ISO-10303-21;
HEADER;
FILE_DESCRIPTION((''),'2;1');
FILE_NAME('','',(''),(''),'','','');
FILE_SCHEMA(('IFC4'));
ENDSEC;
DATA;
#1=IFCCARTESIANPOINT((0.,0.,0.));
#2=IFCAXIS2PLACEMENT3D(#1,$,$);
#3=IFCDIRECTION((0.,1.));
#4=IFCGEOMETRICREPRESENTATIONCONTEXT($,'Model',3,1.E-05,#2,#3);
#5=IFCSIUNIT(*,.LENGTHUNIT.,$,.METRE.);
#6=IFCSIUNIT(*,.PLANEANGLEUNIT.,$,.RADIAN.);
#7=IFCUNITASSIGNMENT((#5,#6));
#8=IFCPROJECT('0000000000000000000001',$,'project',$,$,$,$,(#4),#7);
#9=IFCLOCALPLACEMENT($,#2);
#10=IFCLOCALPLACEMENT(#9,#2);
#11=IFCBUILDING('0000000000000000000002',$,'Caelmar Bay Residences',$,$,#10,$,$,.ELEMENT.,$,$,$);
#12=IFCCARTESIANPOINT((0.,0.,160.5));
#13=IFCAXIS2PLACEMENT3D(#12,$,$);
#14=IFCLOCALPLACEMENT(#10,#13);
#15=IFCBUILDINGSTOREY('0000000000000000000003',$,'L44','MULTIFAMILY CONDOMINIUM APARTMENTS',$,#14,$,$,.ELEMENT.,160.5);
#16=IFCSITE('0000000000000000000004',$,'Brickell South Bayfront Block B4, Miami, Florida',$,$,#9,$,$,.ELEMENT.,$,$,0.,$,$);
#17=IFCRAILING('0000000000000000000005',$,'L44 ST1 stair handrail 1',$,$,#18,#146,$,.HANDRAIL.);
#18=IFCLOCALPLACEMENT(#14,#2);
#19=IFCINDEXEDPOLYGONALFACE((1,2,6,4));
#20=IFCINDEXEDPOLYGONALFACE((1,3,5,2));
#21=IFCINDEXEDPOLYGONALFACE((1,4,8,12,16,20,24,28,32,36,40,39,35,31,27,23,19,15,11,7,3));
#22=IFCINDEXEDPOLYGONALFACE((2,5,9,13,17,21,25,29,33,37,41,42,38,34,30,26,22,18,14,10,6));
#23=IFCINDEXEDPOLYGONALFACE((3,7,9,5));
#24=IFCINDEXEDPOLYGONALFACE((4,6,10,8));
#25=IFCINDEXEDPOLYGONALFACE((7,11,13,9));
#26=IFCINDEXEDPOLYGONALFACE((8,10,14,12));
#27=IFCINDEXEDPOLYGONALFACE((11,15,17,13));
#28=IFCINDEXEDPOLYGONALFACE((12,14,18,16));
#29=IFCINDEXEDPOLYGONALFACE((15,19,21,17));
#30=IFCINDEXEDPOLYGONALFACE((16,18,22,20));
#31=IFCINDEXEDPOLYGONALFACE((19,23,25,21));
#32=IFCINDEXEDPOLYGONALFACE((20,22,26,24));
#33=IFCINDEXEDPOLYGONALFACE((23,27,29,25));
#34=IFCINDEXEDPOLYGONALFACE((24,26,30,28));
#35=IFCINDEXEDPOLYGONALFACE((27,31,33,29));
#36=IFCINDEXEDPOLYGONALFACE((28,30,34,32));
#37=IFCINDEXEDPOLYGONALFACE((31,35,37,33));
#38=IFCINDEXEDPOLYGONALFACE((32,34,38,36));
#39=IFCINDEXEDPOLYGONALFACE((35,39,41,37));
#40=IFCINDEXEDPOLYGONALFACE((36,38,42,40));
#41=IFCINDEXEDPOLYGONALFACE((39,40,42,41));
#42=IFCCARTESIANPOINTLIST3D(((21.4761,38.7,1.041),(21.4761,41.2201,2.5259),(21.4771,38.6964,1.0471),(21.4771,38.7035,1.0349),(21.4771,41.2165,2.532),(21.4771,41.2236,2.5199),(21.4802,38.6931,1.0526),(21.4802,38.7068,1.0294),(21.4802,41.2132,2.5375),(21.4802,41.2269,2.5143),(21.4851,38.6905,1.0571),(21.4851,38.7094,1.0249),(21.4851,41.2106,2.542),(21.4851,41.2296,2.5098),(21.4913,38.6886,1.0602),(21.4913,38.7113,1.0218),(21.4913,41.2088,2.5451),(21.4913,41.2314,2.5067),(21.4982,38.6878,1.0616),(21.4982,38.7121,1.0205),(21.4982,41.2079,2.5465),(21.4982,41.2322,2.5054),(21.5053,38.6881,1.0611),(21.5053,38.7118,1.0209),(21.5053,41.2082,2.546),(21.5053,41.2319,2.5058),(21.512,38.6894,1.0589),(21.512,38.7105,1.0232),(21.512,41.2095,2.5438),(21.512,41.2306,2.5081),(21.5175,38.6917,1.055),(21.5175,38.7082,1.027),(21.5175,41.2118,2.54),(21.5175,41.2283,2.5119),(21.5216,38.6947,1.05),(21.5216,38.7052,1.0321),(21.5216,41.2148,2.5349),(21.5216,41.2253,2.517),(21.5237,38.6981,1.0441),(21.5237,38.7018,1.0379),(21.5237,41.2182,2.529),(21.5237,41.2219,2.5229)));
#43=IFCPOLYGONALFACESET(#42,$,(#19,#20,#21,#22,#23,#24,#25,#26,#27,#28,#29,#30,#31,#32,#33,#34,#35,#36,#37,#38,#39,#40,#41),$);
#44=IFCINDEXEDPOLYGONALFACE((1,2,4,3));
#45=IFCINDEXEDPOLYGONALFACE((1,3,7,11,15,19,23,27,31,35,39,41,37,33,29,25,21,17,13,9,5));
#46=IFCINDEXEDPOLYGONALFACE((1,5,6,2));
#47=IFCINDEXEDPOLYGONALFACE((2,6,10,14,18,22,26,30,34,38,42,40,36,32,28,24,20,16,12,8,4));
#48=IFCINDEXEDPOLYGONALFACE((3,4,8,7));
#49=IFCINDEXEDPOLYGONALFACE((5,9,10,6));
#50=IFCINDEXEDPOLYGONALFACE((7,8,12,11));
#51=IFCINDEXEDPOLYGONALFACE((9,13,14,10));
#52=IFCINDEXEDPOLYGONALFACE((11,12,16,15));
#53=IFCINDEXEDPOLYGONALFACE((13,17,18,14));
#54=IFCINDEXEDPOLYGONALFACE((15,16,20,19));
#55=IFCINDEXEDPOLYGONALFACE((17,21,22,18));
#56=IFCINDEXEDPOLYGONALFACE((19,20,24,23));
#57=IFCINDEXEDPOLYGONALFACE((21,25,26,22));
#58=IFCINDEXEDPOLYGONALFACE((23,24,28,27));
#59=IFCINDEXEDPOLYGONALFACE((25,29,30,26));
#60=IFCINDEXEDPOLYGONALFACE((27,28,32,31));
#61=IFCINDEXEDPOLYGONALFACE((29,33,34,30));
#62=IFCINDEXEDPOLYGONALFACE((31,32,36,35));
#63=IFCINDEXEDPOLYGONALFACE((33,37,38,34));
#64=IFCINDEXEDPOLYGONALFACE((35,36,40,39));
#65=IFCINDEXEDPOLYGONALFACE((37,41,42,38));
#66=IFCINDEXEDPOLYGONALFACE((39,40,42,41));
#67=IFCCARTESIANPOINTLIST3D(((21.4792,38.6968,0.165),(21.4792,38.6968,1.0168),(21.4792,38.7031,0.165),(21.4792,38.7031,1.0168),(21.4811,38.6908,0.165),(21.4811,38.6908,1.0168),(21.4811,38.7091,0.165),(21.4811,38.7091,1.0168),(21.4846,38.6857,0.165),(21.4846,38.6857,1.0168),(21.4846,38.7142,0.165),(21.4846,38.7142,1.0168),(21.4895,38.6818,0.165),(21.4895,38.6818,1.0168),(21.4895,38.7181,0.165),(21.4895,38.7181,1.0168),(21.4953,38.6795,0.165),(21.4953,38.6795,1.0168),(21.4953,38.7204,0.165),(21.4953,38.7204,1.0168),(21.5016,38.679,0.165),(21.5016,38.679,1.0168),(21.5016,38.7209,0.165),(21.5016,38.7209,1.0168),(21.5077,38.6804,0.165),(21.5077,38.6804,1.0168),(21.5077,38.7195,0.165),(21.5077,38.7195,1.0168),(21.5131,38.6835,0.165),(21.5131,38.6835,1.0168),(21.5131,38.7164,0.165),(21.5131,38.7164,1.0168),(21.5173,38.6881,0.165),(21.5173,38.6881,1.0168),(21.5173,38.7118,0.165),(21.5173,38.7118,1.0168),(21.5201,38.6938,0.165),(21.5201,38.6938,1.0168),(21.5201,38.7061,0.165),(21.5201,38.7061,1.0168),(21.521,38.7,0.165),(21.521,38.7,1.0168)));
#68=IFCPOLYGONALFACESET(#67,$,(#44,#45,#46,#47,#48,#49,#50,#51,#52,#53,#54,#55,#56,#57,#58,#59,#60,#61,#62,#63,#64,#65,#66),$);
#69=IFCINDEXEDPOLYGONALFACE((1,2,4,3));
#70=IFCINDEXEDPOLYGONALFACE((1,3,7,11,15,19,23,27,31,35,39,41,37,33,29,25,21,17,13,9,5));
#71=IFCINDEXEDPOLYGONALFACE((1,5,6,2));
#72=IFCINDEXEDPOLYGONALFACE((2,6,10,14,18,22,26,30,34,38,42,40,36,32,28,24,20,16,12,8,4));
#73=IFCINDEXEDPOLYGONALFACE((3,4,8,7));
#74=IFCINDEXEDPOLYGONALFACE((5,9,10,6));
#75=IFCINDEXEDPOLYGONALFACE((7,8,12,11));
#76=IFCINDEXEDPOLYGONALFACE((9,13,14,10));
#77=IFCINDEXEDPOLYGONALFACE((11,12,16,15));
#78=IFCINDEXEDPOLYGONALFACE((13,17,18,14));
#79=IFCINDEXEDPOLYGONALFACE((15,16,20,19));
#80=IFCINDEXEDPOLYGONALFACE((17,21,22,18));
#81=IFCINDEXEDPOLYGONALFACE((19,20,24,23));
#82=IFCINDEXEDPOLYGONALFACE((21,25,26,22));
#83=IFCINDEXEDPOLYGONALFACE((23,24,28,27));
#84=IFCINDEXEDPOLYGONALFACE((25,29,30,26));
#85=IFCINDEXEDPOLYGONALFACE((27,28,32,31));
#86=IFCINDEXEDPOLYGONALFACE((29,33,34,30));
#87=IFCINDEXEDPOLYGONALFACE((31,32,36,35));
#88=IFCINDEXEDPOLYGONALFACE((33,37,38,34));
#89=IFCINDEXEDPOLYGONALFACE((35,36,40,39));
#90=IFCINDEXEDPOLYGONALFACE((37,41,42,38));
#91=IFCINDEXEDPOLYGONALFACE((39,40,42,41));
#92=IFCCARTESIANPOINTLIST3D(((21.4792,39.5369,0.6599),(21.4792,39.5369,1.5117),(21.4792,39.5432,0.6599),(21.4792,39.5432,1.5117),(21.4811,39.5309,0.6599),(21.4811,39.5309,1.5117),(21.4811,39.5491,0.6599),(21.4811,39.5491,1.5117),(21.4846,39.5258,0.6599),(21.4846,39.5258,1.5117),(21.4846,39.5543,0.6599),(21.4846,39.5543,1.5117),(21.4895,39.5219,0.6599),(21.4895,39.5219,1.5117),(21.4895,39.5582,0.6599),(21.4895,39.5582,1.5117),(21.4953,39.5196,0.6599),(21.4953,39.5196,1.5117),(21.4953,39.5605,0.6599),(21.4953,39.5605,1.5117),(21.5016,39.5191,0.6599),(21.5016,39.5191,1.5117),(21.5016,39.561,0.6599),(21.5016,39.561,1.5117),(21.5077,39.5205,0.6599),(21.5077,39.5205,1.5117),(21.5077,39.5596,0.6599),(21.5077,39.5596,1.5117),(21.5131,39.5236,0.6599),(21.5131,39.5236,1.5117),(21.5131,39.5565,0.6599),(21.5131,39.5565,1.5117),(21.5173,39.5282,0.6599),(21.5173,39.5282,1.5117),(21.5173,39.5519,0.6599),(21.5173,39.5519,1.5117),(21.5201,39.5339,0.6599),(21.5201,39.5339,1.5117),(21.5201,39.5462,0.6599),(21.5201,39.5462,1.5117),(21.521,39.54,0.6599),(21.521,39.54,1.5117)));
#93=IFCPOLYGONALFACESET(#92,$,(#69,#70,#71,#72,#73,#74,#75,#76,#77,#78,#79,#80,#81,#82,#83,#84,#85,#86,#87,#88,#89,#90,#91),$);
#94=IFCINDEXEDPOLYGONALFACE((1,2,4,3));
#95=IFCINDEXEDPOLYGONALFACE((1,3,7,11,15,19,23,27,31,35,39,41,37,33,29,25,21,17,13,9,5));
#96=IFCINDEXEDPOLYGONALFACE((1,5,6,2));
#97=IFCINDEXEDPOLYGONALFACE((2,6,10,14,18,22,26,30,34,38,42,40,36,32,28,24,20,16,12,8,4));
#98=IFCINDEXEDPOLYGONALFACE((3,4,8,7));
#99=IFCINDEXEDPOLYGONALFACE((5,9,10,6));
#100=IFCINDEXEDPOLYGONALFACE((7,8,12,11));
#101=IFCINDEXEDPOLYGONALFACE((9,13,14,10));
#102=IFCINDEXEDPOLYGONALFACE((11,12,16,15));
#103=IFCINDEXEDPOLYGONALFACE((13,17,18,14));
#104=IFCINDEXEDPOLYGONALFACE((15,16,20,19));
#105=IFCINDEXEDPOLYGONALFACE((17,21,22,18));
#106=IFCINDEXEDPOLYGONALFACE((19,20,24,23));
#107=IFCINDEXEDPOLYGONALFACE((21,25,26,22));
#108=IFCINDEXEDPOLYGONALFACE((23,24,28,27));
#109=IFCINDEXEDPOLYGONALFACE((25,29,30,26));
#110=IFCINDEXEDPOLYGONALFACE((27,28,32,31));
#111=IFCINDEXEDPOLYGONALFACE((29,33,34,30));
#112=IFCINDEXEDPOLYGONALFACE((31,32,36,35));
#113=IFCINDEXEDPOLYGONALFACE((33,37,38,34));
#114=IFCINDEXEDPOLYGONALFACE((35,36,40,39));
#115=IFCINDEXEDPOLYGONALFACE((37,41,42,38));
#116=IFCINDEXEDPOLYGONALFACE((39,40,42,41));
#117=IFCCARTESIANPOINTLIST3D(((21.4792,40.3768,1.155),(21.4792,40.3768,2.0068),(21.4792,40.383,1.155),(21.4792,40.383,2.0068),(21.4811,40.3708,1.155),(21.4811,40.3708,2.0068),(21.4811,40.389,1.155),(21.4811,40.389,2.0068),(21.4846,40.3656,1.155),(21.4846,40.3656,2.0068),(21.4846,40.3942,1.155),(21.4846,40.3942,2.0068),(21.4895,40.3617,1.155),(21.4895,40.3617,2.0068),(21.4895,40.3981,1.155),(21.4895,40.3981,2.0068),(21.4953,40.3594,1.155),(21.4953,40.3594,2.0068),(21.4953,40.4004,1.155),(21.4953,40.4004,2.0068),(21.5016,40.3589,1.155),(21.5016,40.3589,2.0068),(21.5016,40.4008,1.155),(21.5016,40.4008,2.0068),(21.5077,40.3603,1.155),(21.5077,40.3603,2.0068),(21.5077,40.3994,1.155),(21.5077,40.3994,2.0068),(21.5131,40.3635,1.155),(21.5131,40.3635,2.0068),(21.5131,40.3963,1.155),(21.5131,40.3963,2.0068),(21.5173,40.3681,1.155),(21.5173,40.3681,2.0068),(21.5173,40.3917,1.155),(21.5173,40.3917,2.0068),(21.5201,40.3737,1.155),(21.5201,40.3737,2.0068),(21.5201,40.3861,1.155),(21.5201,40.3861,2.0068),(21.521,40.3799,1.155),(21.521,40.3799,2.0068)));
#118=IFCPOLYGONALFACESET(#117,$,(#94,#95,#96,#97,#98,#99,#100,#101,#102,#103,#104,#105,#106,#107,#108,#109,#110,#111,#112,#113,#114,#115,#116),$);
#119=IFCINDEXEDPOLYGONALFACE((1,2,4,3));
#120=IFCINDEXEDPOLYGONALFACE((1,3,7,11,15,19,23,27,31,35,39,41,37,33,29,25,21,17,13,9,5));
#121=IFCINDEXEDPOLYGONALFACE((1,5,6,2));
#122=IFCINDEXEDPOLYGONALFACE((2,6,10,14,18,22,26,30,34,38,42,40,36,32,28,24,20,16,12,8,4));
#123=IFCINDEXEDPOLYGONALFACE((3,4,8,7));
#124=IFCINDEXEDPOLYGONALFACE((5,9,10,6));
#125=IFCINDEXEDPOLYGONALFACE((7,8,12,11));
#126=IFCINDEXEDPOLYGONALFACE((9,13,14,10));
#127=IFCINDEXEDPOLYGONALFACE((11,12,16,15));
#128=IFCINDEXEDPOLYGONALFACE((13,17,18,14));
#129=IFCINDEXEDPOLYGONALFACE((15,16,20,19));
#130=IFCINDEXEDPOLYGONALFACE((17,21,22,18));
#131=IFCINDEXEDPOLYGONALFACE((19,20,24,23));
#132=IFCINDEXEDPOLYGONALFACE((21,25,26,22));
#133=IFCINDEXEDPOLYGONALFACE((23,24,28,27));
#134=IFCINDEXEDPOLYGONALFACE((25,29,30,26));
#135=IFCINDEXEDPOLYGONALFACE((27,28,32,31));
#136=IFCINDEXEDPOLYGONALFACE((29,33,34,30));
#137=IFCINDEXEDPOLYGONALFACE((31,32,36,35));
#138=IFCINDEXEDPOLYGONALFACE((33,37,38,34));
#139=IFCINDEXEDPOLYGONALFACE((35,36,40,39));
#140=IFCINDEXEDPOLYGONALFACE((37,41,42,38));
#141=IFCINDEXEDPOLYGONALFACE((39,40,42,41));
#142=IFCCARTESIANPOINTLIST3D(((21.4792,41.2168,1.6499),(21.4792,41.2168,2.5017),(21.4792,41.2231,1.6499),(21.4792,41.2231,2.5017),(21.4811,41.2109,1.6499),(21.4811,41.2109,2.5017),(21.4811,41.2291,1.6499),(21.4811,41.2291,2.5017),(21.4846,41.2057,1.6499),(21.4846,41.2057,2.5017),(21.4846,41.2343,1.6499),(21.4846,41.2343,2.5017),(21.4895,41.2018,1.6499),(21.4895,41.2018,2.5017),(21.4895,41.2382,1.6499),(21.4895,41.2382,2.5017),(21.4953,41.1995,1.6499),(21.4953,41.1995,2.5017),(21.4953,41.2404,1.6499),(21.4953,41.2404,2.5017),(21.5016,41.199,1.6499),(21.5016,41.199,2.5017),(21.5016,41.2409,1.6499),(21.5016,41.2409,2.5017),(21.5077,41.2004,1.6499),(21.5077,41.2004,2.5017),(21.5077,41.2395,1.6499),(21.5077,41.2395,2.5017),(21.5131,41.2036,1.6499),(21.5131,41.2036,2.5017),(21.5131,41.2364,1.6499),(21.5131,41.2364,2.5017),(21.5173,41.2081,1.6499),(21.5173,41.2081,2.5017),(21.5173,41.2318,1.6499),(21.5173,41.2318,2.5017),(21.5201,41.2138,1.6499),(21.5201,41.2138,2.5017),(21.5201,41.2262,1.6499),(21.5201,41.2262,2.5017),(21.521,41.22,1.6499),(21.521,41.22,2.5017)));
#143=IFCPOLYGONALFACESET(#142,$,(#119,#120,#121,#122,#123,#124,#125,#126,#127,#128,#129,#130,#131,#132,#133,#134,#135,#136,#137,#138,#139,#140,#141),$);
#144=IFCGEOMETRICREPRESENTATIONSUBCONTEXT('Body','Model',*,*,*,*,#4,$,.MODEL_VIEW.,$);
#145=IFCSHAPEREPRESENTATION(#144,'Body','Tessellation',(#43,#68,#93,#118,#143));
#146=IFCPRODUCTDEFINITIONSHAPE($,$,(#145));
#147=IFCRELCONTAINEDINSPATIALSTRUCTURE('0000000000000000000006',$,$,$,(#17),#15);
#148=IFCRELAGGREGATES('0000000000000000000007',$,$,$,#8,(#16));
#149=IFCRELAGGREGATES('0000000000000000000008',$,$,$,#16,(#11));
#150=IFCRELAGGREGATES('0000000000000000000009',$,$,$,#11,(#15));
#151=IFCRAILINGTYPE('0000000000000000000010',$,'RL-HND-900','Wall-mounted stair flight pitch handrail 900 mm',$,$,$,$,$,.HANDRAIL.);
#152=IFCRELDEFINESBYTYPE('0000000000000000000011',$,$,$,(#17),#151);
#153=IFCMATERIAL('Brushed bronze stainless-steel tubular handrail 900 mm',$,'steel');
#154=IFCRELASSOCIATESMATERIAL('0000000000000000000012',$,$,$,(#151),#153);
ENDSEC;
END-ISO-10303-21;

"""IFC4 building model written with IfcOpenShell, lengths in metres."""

from ifc_helpers import new_model, si_unit, direction, frame, origin, origin_2d, place, context, subcontext, project, spatial, circle, extrude, material, type_object, element, save


model = new_model("IFC4")

# Units and contexts
model_context = context("Model", 3, precision=1e-05, world=origin(), true_north=direction((0.0, 1.0)))
body_context = subcontext(model_context, "Body", "Model", "MODEL_VIEW")
ifc_project = project(units=[si_unit("LENGTHUNIT", "METRE"), si_unit("PLANEANGLEUNIT", "RADIAN")], contexts=[model_context])

# Site, building, storey
site_placement = place(None, origin())
site = spatial("IfcSite", under=ifc_project, at=site_placement, Name="Brickell South Bayfront Block B4, Miami, Florida", CompositionType="ELEMENT", RefElevation=0.0)
building_placement = place(site_placement, origin())
building = spatial("IfcBuilding", under=site, at=building_placement, Name="Caelmar Bay Residences", CompositionType="ELEMENT")
storey_placement = place(building_placement, frame((0.0, 0.0, 160.5)))
storey = spatial("IfcBuildingStorey", under=building, at=storey_placement, Name="L44", Description="MULTIFAMILY CONDOMINIUM APARTMENTS", CompositionType="ELEMENT", Elevation=160.5)

# Railing
ifc_material_1 = material(Name="Brushed bronze stainless-steel tubular handrail 900 mm", Category="steel")
railing_type_1 = type_object("IfcRailingType", Name="RL-HND-900", Description="Wall-mounted stair flight pitch handrail 900 mm", PredefinedType="HANDRAIL", material=ifc_material_1)
railing_1_placement = place(storey_placement, frame((21.5, 38.7, 0.165)))
element("IfcRailing", 1, at=railing_1_placement, inside=storey, type_object=railing_type_1, Name="L44 ST1 stair handrail 1", PredefinedType="HANDRAIL", context=body_context, shape_type="SweptSolid", body=[
    extrude(circle(Radius=0.0239, at=origin_2d()), frame((0.0, 0.0, 0.876), z_axis=(0.0, 0.861561, 0.507655), x_axis=(-1.0, 0.0, 0.0)), (0.0, 0.0, 1.0), 2.925),
    extrude(circle(Radius=0.021, at=origin_2d()), origin(), (0.0, 0.0, 1.0), 0.8518),
    extrude(circle(Radius=0.021, at=origin_2d()), frame((0.0, 0.8401, 0.4949)), (0.0, 0.0, 1.0), 0.8518),
    extrude(circle(Radius=0.021, at=origin_2d()), frame((0.0, 1.6799, 0.99)), (0.0, 0.0, 1.0), 0.8518),
    extrude(circle(Radius=0.021, at=origin_2d()), frame((0.0, 2.52, 1.4849)), (0.0, 0.0, 1.0), 0.8518),
])

save(model, "model.ifc")
